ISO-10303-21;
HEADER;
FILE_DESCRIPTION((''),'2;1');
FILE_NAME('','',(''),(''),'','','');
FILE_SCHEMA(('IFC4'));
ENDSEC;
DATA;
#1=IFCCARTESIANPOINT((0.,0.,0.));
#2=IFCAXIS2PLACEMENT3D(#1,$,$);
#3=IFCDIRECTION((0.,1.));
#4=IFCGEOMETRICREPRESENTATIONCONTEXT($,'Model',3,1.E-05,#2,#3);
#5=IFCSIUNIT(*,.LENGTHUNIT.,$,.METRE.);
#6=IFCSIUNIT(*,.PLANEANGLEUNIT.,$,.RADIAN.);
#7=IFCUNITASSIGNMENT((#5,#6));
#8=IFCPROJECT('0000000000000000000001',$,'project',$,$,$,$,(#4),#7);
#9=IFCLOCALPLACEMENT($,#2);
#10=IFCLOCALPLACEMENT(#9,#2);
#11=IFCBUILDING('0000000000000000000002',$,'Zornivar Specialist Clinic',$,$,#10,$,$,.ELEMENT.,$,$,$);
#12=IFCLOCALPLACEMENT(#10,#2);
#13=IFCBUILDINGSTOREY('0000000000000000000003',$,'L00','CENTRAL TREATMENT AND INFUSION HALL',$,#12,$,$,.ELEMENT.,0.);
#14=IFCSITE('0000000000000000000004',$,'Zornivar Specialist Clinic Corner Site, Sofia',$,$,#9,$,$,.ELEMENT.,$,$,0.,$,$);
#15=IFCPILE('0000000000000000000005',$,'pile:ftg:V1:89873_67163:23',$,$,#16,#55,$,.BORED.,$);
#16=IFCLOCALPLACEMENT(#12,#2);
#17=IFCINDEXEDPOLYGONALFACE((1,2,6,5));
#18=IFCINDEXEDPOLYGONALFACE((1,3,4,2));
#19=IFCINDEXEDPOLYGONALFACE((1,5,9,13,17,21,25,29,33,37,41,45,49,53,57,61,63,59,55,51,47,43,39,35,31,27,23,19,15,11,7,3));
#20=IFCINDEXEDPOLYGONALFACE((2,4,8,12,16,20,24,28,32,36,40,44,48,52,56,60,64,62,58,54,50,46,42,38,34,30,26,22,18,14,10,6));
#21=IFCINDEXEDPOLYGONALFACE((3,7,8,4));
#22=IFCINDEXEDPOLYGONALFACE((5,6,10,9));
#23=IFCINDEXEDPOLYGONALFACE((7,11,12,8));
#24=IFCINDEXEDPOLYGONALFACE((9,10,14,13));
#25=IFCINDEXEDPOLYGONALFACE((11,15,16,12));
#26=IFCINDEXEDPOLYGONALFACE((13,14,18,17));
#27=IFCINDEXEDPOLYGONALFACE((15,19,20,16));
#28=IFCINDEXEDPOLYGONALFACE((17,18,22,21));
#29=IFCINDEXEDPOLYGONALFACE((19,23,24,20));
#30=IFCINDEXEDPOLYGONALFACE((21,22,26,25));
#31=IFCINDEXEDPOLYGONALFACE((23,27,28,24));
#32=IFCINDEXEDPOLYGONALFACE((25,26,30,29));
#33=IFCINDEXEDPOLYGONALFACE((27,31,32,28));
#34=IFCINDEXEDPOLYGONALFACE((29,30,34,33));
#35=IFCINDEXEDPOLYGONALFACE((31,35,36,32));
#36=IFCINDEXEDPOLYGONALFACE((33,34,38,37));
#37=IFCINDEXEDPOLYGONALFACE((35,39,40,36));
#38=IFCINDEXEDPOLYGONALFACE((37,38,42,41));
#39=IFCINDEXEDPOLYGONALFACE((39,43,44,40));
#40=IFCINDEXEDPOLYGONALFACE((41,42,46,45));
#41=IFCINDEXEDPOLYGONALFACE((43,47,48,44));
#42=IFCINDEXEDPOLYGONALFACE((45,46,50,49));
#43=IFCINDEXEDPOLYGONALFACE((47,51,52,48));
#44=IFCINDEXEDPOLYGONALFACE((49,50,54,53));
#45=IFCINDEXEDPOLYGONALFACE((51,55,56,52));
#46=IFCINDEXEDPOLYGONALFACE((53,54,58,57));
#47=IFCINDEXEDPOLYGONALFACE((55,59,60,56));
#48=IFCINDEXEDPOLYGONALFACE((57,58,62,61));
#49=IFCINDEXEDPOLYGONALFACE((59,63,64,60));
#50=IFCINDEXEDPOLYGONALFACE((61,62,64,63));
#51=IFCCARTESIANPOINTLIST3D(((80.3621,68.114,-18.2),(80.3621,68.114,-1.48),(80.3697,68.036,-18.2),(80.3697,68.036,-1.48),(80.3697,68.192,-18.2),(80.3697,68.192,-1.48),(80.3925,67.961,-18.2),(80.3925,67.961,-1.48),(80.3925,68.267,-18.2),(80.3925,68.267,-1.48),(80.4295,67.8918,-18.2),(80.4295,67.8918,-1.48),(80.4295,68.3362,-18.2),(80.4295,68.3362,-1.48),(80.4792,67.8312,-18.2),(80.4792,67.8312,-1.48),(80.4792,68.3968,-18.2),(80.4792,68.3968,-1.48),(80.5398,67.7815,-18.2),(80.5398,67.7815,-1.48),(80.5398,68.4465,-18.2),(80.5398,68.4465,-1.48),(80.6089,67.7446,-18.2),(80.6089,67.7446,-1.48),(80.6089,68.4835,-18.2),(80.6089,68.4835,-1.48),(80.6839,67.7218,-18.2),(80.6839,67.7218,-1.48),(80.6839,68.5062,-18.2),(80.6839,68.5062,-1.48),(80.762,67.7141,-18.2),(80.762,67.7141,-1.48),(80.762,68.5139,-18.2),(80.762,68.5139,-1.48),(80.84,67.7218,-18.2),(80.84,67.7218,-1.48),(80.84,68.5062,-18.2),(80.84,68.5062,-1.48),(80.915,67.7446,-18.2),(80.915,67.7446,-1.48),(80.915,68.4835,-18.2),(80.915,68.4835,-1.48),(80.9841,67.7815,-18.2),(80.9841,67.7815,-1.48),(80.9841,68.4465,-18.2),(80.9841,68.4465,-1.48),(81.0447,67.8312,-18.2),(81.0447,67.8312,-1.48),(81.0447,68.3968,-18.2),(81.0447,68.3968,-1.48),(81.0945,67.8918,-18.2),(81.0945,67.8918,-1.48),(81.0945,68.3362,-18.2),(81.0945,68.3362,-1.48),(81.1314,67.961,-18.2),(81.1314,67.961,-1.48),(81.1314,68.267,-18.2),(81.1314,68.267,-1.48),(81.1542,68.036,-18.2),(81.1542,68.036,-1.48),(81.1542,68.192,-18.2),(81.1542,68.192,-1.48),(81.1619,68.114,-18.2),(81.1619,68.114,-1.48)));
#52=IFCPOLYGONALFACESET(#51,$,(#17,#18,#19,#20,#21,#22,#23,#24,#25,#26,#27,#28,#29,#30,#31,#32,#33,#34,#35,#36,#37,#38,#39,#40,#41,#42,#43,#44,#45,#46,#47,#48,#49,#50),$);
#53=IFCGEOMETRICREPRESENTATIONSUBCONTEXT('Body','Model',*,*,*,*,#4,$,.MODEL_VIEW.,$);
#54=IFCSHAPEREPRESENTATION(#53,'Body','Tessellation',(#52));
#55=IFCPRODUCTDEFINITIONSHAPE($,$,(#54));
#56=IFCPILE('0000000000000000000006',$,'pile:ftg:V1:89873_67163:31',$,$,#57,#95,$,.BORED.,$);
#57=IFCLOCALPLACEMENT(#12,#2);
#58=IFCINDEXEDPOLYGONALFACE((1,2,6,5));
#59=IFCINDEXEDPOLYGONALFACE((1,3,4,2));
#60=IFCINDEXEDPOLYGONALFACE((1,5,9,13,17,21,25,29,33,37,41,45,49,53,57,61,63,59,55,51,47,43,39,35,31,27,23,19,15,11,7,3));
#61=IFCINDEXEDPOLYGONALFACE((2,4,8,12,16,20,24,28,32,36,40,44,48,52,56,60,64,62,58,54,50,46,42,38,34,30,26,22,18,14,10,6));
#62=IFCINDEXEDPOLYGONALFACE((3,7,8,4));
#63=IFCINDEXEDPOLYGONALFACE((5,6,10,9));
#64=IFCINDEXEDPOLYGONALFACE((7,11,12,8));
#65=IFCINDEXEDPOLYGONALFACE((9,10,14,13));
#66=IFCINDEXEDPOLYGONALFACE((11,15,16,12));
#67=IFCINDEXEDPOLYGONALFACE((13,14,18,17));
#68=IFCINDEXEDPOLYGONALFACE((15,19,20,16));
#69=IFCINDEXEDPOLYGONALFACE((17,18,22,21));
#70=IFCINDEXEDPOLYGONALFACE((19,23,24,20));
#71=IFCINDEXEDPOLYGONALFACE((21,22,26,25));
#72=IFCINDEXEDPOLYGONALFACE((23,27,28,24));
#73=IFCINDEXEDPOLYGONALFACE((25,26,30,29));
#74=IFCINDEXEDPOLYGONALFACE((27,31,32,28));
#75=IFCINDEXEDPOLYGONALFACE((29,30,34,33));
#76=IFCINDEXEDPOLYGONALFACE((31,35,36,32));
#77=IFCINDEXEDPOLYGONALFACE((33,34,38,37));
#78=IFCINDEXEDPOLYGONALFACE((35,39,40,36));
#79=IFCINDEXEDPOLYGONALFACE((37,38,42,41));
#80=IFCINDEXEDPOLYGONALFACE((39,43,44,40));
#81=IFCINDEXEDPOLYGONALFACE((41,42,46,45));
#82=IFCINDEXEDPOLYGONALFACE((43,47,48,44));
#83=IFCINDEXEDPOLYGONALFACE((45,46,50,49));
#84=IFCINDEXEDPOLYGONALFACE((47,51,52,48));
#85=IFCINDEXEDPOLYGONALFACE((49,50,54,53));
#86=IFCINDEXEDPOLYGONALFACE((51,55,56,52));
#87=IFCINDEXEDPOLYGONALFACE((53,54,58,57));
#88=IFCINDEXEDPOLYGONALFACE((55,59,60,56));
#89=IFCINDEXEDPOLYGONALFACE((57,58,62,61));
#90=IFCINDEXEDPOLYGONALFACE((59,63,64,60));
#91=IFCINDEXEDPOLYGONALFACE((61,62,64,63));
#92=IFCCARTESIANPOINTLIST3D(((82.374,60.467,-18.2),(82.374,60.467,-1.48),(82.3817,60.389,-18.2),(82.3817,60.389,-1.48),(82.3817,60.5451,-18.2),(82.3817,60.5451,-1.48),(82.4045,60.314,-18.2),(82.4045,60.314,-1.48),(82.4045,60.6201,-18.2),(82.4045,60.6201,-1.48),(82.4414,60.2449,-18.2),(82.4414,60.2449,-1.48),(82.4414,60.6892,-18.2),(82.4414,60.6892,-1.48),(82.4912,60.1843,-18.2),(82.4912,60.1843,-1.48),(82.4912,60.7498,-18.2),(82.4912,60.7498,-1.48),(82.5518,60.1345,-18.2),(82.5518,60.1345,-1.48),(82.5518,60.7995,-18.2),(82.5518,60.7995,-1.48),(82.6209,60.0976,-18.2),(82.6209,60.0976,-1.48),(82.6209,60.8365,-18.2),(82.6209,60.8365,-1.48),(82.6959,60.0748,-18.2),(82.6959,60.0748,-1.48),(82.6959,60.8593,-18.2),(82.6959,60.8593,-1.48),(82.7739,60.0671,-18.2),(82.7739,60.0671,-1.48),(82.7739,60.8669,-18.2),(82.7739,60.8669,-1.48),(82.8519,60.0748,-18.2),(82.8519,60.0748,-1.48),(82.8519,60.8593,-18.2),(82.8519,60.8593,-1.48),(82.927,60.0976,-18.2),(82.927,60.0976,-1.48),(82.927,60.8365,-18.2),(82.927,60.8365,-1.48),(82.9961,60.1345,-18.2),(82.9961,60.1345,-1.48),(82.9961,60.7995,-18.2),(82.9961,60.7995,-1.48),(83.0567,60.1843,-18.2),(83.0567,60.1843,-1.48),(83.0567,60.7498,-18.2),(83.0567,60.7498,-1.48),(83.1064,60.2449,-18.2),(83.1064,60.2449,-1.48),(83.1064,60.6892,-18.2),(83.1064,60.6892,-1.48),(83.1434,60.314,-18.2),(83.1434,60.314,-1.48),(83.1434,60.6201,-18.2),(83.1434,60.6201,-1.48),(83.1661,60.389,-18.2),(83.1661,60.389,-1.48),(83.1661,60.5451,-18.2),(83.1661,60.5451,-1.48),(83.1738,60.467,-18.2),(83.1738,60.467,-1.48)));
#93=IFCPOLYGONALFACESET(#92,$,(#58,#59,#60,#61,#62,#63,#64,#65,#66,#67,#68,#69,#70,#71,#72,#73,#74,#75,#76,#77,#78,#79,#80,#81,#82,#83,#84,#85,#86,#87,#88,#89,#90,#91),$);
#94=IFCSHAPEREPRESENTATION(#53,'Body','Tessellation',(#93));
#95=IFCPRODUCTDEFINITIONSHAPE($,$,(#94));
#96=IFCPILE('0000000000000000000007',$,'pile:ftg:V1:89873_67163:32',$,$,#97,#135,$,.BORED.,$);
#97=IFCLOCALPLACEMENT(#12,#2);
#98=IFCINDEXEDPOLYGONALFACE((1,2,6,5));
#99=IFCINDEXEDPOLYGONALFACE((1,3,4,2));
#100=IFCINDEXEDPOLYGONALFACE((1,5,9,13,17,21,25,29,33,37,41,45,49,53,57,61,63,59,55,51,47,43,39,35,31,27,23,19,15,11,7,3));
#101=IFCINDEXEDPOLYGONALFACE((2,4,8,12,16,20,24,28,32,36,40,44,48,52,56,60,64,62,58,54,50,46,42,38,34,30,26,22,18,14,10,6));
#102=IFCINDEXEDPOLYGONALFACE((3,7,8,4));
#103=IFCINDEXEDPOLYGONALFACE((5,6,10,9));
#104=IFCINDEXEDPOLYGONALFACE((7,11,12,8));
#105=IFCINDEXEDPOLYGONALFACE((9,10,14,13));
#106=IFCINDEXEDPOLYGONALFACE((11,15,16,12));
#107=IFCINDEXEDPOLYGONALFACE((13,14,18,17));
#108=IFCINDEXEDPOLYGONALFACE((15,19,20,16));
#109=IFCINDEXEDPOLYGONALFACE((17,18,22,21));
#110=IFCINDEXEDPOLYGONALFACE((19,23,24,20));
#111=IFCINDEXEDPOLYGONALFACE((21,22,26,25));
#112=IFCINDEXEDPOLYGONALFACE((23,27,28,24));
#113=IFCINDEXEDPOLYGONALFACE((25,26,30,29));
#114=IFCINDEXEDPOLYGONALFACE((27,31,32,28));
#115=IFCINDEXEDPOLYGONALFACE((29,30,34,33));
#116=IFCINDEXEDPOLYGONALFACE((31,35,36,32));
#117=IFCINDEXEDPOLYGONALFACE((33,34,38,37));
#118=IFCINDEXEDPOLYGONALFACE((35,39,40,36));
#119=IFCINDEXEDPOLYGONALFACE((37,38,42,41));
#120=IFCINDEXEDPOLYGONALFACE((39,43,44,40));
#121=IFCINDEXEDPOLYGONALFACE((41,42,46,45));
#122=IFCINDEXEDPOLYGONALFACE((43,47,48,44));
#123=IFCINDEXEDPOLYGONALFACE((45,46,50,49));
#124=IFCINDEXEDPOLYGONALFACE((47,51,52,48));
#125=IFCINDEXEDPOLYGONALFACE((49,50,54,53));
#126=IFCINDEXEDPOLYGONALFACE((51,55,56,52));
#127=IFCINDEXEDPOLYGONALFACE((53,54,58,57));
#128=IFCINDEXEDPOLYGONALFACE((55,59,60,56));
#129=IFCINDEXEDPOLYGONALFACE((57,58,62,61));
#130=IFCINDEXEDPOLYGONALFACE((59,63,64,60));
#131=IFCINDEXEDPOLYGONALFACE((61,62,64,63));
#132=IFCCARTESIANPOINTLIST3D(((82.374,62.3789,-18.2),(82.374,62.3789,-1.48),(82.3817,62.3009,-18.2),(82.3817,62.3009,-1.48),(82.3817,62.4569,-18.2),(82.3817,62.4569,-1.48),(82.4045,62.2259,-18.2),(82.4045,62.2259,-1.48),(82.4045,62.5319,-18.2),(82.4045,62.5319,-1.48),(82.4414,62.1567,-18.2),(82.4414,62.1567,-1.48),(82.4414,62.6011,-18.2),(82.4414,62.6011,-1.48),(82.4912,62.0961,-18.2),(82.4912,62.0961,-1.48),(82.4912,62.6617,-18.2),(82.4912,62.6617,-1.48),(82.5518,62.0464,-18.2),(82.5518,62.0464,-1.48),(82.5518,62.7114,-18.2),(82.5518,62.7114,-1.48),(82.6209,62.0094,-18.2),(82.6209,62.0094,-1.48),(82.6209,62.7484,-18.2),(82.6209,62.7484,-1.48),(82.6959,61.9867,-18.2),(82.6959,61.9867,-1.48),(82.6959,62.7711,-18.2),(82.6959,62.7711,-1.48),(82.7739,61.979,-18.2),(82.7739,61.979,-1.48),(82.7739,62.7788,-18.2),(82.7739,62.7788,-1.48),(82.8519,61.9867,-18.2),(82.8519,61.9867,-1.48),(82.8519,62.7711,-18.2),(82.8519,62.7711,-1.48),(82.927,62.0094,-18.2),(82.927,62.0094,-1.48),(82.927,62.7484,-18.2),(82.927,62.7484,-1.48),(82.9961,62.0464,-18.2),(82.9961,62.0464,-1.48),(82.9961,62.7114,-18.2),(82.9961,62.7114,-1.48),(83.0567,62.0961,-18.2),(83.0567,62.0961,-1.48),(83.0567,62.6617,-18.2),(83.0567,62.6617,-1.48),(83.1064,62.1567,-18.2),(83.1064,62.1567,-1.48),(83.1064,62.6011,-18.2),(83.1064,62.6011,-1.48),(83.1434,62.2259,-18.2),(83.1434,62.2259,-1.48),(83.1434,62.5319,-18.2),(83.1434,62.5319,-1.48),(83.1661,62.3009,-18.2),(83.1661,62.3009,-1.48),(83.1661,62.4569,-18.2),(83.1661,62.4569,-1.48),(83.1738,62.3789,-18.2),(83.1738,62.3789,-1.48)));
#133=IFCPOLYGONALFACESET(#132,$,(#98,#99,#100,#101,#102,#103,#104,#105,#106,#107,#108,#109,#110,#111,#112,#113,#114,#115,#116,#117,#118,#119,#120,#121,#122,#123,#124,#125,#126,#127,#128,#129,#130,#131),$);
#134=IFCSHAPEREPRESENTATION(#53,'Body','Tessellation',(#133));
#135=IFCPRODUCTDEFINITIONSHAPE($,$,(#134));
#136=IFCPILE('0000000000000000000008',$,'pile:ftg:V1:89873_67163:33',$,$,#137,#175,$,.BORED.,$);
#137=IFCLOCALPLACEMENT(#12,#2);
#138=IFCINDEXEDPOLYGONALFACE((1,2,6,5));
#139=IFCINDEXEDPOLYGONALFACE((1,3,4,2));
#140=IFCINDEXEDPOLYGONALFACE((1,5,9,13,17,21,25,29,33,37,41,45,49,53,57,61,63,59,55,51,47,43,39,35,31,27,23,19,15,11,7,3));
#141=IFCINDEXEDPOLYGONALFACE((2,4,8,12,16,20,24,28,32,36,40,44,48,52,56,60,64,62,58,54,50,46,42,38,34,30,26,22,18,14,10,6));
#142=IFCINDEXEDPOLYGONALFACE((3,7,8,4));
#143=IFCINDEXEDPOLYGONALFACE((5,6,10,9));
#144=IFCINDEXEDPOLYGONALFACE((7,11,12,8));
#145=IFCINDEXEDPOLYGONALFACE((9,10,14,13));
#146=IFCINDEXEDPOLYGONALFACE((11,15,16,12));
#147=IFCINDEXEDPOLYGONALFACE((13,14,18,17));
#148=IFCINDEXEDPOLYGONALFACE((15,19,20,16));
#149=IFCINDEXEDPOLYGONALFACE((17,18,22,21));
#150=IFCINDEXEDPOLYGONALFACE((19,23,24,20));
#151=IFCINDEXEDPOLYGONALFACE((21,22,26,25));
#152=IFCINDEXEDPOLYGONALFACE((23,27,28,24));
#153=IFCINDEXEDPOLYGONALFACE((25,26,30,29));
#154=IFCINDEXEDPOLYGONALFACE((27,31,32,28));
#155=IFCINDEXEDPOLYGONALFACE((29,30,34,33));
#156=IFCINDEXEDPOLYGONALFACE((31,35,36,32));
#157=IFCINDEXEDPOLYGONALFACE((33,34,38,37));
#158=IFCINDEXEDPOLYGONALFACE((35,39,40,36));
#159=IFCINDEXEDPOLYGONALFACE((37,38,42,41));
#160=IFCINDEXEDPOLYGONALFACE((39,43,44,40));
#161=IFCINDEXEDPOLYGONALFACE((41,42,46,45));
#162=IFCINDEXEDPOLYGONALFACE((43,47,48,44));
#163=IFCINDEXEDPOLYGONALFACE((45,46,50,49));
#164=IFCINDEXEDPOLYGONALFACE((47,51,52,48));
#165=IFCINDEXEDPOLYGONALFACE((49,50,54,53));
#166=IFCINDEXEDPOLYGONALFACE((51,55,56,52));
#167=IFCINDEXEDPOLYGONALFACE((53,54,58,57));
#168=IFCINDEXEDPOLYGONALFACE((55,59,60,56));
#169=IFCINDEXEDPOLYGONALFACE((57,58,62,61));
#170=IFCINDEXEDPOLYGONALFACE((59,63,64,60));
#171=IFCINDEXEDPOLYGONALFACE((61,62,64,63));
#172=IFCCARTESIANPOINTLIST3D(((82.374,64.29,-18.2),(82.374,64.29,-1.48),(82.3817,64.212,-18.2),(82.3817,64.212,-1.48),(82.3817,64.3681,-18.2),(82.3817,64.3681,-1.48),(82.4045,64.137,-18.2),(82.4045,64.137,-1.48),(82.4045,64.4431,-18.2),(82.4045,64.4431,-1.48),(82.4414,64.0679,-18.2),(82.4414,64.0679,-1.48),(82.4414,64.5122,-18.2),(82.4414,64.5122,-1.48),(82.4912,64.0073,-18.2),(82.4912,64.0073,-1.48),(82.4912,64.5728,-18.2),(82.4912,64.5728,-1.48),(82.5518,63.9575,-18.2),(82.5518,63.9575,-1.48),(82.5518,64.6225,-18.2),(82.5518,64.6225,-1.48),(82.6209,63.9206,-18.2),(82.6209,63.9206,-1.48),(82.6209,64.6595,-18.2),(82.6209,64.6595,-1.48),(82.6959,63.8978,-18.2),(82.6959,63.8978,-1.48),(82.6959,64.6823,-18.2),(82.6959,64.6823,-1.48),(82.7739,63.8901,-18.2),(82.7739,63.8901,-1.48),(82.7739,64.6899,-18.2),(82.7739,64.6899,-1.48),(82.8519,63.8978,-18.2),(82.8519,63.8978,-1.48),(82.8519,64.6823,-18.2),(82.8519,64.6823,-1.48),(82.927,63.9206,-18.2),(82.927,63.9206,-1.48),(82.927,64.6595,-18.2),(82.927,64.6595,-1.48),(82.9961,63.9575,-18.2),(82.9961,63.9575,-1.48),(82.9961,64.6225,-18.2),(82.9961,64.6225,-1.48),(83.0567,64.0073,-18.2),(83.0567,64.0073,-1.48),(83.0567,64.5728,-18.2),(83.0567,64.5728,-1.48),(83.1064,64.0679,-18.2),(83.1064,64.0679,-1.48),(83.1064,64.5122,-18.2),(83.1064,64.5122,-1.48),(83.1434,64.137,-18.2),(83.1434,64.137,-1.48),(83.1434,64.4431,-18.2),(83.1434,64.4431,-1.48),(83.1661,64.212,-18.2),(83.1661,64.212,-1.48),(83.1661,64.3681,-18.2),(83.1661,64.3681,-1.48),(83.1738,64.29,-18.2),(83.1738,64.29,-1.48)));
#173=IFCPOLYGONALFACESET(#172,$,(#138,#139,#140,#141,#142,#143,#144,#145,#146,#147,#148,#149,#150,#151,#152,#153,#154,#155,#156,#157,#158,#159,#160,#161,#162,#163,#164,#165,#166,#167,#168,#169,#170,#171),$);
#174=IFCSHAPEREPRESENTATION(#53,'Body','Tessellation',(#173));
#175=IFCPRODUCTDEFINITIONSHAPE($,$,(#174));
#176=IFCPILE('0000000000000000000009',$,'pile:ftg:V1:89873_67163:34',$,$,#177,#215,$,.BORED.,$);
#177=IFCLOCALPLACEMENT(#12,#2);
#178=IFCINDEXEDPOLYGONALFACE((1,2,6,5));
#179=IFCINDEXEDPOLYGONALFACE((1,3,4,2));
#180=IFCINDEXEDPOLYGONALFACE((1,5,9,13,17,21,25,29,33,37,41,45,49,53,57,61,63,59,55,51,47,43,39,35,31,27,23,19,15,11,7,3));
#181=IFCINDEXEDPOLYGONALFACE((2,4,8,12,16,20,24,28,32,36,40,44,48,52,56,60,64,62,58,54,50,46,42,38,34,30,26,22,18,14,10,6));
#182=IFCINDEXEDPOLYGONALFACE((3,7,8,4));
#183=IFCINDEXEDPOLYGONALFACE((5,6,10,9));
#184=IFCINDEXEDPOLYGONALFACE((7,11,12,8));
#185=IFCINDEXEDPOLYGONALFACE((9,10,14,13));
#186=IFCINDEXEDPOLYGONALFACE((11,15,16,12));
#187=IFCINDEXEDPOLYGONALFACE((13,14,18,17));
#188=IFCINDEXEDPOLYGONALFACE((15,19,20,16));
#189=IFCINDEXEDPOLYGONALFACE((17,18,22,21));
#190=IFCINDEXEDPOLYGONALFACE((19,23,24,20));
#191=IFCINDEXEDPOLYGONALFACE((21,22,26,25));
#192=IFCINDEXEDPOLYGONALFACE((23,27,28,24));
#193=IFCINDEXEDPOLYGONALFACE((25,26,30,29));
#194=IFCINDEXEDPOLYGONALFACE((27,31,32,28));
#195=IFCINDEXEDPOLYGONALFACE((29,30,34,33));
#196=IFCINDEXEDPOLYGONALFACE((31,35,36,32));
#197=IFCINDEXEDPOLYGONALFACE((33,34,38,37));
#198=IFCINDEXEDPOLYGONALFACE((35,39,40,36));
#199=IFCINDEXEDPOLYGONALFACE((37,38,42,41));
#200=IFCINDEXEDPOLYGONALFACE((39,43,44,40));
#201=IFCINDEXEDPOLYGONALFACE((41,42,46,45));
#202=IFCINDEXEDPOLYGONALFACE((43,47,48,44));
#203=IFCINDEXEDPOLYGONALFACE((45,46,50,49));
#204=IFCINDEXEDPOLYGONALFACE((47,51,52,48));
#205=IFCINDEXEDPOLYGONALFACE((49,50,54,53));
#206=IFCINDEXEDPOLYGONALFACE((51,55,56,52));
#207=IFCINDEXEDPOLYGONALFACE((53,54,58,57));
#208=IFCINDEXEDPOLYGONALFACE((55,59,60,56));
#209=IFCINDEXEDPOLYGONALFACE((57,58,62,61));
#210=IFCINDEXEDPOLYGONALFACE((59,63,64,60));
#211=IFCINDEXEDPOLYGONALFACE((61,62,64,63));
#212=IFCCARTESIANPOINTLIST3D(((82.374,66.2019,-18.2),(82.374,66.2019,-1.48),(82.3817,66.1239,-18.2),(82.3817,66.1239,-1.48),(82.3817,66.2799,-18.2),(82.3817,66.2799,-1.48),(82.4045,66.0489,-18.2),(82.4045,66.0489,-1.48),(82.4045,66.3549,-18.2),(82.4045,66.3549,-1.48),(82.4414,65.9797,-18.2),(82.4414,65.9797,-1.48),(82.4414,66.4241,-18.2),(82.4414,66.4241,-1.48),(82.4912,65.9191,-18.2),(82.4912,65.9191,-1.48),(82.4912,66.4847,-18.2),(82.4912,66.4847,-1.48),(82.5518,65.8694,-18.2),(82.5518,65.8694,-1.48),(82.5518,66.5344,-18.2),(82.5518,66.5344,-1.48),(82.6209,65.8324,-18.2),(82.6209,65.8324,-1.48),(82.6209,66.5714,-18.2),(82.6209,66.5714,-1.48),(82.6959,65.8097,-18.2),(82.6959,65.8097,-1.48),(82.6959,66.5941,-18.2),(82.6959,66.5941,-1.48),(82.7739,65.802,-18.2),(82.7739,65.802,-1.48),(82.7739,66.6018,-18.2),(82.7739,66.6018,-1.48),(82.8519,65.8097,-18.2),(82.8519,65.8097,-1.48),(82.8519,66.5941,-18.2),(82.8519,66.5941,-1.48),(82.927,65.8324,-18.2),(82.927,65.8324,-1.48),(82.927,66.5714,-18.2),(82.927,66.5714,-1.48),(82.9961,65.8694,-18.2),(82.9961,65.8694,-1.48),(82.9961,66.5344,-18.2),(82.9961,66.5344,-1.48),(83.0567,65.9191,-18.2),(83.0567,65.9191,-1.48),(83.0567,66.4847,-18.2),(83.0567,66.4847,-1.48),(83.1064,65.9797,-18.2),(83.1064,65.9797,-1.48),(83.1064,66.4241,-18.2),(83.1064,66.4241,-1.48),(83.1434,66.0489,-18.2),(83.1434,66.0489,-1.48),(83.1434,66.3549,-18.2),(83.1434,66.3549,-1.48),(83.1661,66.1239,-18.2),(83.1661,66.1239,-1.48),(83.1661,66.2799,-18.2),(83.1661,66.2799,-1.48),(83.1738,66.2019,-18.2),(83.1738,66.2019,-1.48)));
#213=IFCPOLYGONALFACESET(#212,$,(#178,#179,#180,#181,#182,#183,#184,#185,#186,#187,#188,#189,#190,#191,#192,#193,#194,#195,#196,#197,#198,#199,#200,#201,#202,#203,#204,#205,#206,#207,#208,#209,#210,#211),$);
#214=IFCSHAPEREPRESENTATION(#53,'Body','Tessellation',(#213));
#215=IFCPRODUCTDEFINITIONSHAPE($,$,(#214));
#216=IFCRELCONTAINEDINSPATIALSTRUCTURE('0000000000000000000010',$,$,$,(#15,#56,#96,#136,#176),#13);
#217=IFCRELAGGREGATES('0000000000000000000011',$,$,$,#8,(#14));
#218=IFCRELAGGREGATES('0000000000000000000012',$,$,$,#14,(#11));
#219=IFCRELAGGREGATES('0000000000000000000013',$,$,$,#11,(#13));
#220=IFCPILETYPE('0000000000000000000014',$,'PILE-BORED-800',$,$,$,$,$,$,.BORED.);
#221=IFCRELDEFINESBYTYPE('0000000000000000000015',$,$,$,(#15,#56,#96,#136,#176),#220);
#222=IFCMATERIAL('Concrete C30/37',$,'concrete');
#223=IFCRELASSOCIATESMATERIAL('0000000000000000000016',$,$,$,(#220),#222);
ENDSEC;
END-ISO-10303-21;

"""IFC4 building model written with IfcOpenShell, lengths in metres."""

from ifc_helpers import new_model, si_unit, direction, frame, origin, origin_2d, place, context, subcontext, project, spatial, circle, extrude, material, material_profile, profile_set, type_object, element, save


model = new_model("IFC4")

# Units and contexts
model_context = context("Model", 3, precision=1e-05, world=origin(), true_north=direction((0.0, 1.0)))
body_context = subcontext(model_context, "Body", "Model", "MODEL_VIEW")
ifc_project = project(units=[si_unit("LENGTHUNIT", "METRE"), si_unit("PLANEANGLEUNIT", "RADIAN")], contexts=[model_context])

# Site, building, storey
site_placement = place(None, origin())
site = spatial("IfcSite", under=ifc_project, at=site_placement, Name="Zornivar Specialist Clinic Corner Site, Sofia", CompositionType="ELEMENT", RefElevation=0.0)
building_placement = place(site_placement, origin())
building = spatial("IfcBuilding", under=site, at=building_placement, Name="Zornivar Specialist Clinic", CompositionType="ELEMENT")
storey_placement = place(building_placement, origin())
storey = spatial("IfcBuildingStorey", under=building, at=storey_placement, Name="L00", Description="CENTRAL TREATMENT AND INFUSION HALL", CompositionType="ELEMENT", Elevation=0.0)

# Piles
ifc_material_1 = material(Name="Concrete C30/37", Category="concrete")
ifc_material_profile_1 = material_profile(ifc_material_1, circle(Radius=0.3999, at=origin_2d()), Name="PILE D800")
ifc_profile_set_1 = profile_set([ifc_material_profile_1], Name="Concrete C30/37")
pile_type = type_object("IfcPileType", Name="PILE-BORED-800", PredefinedType="BORED", material=ifc_profile_set_1)
for number, where, z_axis, x_axis, name in (
    (1, (80.762, 68.114, -1.48), (0.0, 0.0, -1.0), (1.0, 0.0, 0.0), "pile:ftg:V1:89873_67163:23"),
    (2, (82.7739, 60.467, -1.48), (0.0, 0.0, -1.0), (1.0, 0.0, 0.0), "pile:ftg:V1:89873_67163:31"),
    (3, (82.7739, 62.3789, -1.48), (0.0, 0.0, -1.0), (1.0, 0.0, 0.0), "pile:ftg:V1:89873_67163:32"),
    (4, (82.7739, 64.29, -1.48), (0.0, 0.0, -1.0), (1.0, 0.0, 0.0), "pile:ftg:V1:89873_67163:33"),
    (5, (82.7739, 66.2019, -1.48), (0.0, 0.0, -1.0), (1.0, 0.0, 0.0), "pile:ftg:V1:89873_67163:34"),
):
    element("IfcPile", number, at=place(storey_placement, frame(where, z_axis=z_axis, x_axis=x_axis)), inside=storey, type_object=pile_type, Name=name, PredefinedType="BORED", context=body_context, shape_type="SweptSolid", body=[
        extrude(circle(Radius=0.3999, at=origin_2d()), origin(), (0.0, 0.0, 1.0), 16.72),
    ])

save(model, "model.ifc")
